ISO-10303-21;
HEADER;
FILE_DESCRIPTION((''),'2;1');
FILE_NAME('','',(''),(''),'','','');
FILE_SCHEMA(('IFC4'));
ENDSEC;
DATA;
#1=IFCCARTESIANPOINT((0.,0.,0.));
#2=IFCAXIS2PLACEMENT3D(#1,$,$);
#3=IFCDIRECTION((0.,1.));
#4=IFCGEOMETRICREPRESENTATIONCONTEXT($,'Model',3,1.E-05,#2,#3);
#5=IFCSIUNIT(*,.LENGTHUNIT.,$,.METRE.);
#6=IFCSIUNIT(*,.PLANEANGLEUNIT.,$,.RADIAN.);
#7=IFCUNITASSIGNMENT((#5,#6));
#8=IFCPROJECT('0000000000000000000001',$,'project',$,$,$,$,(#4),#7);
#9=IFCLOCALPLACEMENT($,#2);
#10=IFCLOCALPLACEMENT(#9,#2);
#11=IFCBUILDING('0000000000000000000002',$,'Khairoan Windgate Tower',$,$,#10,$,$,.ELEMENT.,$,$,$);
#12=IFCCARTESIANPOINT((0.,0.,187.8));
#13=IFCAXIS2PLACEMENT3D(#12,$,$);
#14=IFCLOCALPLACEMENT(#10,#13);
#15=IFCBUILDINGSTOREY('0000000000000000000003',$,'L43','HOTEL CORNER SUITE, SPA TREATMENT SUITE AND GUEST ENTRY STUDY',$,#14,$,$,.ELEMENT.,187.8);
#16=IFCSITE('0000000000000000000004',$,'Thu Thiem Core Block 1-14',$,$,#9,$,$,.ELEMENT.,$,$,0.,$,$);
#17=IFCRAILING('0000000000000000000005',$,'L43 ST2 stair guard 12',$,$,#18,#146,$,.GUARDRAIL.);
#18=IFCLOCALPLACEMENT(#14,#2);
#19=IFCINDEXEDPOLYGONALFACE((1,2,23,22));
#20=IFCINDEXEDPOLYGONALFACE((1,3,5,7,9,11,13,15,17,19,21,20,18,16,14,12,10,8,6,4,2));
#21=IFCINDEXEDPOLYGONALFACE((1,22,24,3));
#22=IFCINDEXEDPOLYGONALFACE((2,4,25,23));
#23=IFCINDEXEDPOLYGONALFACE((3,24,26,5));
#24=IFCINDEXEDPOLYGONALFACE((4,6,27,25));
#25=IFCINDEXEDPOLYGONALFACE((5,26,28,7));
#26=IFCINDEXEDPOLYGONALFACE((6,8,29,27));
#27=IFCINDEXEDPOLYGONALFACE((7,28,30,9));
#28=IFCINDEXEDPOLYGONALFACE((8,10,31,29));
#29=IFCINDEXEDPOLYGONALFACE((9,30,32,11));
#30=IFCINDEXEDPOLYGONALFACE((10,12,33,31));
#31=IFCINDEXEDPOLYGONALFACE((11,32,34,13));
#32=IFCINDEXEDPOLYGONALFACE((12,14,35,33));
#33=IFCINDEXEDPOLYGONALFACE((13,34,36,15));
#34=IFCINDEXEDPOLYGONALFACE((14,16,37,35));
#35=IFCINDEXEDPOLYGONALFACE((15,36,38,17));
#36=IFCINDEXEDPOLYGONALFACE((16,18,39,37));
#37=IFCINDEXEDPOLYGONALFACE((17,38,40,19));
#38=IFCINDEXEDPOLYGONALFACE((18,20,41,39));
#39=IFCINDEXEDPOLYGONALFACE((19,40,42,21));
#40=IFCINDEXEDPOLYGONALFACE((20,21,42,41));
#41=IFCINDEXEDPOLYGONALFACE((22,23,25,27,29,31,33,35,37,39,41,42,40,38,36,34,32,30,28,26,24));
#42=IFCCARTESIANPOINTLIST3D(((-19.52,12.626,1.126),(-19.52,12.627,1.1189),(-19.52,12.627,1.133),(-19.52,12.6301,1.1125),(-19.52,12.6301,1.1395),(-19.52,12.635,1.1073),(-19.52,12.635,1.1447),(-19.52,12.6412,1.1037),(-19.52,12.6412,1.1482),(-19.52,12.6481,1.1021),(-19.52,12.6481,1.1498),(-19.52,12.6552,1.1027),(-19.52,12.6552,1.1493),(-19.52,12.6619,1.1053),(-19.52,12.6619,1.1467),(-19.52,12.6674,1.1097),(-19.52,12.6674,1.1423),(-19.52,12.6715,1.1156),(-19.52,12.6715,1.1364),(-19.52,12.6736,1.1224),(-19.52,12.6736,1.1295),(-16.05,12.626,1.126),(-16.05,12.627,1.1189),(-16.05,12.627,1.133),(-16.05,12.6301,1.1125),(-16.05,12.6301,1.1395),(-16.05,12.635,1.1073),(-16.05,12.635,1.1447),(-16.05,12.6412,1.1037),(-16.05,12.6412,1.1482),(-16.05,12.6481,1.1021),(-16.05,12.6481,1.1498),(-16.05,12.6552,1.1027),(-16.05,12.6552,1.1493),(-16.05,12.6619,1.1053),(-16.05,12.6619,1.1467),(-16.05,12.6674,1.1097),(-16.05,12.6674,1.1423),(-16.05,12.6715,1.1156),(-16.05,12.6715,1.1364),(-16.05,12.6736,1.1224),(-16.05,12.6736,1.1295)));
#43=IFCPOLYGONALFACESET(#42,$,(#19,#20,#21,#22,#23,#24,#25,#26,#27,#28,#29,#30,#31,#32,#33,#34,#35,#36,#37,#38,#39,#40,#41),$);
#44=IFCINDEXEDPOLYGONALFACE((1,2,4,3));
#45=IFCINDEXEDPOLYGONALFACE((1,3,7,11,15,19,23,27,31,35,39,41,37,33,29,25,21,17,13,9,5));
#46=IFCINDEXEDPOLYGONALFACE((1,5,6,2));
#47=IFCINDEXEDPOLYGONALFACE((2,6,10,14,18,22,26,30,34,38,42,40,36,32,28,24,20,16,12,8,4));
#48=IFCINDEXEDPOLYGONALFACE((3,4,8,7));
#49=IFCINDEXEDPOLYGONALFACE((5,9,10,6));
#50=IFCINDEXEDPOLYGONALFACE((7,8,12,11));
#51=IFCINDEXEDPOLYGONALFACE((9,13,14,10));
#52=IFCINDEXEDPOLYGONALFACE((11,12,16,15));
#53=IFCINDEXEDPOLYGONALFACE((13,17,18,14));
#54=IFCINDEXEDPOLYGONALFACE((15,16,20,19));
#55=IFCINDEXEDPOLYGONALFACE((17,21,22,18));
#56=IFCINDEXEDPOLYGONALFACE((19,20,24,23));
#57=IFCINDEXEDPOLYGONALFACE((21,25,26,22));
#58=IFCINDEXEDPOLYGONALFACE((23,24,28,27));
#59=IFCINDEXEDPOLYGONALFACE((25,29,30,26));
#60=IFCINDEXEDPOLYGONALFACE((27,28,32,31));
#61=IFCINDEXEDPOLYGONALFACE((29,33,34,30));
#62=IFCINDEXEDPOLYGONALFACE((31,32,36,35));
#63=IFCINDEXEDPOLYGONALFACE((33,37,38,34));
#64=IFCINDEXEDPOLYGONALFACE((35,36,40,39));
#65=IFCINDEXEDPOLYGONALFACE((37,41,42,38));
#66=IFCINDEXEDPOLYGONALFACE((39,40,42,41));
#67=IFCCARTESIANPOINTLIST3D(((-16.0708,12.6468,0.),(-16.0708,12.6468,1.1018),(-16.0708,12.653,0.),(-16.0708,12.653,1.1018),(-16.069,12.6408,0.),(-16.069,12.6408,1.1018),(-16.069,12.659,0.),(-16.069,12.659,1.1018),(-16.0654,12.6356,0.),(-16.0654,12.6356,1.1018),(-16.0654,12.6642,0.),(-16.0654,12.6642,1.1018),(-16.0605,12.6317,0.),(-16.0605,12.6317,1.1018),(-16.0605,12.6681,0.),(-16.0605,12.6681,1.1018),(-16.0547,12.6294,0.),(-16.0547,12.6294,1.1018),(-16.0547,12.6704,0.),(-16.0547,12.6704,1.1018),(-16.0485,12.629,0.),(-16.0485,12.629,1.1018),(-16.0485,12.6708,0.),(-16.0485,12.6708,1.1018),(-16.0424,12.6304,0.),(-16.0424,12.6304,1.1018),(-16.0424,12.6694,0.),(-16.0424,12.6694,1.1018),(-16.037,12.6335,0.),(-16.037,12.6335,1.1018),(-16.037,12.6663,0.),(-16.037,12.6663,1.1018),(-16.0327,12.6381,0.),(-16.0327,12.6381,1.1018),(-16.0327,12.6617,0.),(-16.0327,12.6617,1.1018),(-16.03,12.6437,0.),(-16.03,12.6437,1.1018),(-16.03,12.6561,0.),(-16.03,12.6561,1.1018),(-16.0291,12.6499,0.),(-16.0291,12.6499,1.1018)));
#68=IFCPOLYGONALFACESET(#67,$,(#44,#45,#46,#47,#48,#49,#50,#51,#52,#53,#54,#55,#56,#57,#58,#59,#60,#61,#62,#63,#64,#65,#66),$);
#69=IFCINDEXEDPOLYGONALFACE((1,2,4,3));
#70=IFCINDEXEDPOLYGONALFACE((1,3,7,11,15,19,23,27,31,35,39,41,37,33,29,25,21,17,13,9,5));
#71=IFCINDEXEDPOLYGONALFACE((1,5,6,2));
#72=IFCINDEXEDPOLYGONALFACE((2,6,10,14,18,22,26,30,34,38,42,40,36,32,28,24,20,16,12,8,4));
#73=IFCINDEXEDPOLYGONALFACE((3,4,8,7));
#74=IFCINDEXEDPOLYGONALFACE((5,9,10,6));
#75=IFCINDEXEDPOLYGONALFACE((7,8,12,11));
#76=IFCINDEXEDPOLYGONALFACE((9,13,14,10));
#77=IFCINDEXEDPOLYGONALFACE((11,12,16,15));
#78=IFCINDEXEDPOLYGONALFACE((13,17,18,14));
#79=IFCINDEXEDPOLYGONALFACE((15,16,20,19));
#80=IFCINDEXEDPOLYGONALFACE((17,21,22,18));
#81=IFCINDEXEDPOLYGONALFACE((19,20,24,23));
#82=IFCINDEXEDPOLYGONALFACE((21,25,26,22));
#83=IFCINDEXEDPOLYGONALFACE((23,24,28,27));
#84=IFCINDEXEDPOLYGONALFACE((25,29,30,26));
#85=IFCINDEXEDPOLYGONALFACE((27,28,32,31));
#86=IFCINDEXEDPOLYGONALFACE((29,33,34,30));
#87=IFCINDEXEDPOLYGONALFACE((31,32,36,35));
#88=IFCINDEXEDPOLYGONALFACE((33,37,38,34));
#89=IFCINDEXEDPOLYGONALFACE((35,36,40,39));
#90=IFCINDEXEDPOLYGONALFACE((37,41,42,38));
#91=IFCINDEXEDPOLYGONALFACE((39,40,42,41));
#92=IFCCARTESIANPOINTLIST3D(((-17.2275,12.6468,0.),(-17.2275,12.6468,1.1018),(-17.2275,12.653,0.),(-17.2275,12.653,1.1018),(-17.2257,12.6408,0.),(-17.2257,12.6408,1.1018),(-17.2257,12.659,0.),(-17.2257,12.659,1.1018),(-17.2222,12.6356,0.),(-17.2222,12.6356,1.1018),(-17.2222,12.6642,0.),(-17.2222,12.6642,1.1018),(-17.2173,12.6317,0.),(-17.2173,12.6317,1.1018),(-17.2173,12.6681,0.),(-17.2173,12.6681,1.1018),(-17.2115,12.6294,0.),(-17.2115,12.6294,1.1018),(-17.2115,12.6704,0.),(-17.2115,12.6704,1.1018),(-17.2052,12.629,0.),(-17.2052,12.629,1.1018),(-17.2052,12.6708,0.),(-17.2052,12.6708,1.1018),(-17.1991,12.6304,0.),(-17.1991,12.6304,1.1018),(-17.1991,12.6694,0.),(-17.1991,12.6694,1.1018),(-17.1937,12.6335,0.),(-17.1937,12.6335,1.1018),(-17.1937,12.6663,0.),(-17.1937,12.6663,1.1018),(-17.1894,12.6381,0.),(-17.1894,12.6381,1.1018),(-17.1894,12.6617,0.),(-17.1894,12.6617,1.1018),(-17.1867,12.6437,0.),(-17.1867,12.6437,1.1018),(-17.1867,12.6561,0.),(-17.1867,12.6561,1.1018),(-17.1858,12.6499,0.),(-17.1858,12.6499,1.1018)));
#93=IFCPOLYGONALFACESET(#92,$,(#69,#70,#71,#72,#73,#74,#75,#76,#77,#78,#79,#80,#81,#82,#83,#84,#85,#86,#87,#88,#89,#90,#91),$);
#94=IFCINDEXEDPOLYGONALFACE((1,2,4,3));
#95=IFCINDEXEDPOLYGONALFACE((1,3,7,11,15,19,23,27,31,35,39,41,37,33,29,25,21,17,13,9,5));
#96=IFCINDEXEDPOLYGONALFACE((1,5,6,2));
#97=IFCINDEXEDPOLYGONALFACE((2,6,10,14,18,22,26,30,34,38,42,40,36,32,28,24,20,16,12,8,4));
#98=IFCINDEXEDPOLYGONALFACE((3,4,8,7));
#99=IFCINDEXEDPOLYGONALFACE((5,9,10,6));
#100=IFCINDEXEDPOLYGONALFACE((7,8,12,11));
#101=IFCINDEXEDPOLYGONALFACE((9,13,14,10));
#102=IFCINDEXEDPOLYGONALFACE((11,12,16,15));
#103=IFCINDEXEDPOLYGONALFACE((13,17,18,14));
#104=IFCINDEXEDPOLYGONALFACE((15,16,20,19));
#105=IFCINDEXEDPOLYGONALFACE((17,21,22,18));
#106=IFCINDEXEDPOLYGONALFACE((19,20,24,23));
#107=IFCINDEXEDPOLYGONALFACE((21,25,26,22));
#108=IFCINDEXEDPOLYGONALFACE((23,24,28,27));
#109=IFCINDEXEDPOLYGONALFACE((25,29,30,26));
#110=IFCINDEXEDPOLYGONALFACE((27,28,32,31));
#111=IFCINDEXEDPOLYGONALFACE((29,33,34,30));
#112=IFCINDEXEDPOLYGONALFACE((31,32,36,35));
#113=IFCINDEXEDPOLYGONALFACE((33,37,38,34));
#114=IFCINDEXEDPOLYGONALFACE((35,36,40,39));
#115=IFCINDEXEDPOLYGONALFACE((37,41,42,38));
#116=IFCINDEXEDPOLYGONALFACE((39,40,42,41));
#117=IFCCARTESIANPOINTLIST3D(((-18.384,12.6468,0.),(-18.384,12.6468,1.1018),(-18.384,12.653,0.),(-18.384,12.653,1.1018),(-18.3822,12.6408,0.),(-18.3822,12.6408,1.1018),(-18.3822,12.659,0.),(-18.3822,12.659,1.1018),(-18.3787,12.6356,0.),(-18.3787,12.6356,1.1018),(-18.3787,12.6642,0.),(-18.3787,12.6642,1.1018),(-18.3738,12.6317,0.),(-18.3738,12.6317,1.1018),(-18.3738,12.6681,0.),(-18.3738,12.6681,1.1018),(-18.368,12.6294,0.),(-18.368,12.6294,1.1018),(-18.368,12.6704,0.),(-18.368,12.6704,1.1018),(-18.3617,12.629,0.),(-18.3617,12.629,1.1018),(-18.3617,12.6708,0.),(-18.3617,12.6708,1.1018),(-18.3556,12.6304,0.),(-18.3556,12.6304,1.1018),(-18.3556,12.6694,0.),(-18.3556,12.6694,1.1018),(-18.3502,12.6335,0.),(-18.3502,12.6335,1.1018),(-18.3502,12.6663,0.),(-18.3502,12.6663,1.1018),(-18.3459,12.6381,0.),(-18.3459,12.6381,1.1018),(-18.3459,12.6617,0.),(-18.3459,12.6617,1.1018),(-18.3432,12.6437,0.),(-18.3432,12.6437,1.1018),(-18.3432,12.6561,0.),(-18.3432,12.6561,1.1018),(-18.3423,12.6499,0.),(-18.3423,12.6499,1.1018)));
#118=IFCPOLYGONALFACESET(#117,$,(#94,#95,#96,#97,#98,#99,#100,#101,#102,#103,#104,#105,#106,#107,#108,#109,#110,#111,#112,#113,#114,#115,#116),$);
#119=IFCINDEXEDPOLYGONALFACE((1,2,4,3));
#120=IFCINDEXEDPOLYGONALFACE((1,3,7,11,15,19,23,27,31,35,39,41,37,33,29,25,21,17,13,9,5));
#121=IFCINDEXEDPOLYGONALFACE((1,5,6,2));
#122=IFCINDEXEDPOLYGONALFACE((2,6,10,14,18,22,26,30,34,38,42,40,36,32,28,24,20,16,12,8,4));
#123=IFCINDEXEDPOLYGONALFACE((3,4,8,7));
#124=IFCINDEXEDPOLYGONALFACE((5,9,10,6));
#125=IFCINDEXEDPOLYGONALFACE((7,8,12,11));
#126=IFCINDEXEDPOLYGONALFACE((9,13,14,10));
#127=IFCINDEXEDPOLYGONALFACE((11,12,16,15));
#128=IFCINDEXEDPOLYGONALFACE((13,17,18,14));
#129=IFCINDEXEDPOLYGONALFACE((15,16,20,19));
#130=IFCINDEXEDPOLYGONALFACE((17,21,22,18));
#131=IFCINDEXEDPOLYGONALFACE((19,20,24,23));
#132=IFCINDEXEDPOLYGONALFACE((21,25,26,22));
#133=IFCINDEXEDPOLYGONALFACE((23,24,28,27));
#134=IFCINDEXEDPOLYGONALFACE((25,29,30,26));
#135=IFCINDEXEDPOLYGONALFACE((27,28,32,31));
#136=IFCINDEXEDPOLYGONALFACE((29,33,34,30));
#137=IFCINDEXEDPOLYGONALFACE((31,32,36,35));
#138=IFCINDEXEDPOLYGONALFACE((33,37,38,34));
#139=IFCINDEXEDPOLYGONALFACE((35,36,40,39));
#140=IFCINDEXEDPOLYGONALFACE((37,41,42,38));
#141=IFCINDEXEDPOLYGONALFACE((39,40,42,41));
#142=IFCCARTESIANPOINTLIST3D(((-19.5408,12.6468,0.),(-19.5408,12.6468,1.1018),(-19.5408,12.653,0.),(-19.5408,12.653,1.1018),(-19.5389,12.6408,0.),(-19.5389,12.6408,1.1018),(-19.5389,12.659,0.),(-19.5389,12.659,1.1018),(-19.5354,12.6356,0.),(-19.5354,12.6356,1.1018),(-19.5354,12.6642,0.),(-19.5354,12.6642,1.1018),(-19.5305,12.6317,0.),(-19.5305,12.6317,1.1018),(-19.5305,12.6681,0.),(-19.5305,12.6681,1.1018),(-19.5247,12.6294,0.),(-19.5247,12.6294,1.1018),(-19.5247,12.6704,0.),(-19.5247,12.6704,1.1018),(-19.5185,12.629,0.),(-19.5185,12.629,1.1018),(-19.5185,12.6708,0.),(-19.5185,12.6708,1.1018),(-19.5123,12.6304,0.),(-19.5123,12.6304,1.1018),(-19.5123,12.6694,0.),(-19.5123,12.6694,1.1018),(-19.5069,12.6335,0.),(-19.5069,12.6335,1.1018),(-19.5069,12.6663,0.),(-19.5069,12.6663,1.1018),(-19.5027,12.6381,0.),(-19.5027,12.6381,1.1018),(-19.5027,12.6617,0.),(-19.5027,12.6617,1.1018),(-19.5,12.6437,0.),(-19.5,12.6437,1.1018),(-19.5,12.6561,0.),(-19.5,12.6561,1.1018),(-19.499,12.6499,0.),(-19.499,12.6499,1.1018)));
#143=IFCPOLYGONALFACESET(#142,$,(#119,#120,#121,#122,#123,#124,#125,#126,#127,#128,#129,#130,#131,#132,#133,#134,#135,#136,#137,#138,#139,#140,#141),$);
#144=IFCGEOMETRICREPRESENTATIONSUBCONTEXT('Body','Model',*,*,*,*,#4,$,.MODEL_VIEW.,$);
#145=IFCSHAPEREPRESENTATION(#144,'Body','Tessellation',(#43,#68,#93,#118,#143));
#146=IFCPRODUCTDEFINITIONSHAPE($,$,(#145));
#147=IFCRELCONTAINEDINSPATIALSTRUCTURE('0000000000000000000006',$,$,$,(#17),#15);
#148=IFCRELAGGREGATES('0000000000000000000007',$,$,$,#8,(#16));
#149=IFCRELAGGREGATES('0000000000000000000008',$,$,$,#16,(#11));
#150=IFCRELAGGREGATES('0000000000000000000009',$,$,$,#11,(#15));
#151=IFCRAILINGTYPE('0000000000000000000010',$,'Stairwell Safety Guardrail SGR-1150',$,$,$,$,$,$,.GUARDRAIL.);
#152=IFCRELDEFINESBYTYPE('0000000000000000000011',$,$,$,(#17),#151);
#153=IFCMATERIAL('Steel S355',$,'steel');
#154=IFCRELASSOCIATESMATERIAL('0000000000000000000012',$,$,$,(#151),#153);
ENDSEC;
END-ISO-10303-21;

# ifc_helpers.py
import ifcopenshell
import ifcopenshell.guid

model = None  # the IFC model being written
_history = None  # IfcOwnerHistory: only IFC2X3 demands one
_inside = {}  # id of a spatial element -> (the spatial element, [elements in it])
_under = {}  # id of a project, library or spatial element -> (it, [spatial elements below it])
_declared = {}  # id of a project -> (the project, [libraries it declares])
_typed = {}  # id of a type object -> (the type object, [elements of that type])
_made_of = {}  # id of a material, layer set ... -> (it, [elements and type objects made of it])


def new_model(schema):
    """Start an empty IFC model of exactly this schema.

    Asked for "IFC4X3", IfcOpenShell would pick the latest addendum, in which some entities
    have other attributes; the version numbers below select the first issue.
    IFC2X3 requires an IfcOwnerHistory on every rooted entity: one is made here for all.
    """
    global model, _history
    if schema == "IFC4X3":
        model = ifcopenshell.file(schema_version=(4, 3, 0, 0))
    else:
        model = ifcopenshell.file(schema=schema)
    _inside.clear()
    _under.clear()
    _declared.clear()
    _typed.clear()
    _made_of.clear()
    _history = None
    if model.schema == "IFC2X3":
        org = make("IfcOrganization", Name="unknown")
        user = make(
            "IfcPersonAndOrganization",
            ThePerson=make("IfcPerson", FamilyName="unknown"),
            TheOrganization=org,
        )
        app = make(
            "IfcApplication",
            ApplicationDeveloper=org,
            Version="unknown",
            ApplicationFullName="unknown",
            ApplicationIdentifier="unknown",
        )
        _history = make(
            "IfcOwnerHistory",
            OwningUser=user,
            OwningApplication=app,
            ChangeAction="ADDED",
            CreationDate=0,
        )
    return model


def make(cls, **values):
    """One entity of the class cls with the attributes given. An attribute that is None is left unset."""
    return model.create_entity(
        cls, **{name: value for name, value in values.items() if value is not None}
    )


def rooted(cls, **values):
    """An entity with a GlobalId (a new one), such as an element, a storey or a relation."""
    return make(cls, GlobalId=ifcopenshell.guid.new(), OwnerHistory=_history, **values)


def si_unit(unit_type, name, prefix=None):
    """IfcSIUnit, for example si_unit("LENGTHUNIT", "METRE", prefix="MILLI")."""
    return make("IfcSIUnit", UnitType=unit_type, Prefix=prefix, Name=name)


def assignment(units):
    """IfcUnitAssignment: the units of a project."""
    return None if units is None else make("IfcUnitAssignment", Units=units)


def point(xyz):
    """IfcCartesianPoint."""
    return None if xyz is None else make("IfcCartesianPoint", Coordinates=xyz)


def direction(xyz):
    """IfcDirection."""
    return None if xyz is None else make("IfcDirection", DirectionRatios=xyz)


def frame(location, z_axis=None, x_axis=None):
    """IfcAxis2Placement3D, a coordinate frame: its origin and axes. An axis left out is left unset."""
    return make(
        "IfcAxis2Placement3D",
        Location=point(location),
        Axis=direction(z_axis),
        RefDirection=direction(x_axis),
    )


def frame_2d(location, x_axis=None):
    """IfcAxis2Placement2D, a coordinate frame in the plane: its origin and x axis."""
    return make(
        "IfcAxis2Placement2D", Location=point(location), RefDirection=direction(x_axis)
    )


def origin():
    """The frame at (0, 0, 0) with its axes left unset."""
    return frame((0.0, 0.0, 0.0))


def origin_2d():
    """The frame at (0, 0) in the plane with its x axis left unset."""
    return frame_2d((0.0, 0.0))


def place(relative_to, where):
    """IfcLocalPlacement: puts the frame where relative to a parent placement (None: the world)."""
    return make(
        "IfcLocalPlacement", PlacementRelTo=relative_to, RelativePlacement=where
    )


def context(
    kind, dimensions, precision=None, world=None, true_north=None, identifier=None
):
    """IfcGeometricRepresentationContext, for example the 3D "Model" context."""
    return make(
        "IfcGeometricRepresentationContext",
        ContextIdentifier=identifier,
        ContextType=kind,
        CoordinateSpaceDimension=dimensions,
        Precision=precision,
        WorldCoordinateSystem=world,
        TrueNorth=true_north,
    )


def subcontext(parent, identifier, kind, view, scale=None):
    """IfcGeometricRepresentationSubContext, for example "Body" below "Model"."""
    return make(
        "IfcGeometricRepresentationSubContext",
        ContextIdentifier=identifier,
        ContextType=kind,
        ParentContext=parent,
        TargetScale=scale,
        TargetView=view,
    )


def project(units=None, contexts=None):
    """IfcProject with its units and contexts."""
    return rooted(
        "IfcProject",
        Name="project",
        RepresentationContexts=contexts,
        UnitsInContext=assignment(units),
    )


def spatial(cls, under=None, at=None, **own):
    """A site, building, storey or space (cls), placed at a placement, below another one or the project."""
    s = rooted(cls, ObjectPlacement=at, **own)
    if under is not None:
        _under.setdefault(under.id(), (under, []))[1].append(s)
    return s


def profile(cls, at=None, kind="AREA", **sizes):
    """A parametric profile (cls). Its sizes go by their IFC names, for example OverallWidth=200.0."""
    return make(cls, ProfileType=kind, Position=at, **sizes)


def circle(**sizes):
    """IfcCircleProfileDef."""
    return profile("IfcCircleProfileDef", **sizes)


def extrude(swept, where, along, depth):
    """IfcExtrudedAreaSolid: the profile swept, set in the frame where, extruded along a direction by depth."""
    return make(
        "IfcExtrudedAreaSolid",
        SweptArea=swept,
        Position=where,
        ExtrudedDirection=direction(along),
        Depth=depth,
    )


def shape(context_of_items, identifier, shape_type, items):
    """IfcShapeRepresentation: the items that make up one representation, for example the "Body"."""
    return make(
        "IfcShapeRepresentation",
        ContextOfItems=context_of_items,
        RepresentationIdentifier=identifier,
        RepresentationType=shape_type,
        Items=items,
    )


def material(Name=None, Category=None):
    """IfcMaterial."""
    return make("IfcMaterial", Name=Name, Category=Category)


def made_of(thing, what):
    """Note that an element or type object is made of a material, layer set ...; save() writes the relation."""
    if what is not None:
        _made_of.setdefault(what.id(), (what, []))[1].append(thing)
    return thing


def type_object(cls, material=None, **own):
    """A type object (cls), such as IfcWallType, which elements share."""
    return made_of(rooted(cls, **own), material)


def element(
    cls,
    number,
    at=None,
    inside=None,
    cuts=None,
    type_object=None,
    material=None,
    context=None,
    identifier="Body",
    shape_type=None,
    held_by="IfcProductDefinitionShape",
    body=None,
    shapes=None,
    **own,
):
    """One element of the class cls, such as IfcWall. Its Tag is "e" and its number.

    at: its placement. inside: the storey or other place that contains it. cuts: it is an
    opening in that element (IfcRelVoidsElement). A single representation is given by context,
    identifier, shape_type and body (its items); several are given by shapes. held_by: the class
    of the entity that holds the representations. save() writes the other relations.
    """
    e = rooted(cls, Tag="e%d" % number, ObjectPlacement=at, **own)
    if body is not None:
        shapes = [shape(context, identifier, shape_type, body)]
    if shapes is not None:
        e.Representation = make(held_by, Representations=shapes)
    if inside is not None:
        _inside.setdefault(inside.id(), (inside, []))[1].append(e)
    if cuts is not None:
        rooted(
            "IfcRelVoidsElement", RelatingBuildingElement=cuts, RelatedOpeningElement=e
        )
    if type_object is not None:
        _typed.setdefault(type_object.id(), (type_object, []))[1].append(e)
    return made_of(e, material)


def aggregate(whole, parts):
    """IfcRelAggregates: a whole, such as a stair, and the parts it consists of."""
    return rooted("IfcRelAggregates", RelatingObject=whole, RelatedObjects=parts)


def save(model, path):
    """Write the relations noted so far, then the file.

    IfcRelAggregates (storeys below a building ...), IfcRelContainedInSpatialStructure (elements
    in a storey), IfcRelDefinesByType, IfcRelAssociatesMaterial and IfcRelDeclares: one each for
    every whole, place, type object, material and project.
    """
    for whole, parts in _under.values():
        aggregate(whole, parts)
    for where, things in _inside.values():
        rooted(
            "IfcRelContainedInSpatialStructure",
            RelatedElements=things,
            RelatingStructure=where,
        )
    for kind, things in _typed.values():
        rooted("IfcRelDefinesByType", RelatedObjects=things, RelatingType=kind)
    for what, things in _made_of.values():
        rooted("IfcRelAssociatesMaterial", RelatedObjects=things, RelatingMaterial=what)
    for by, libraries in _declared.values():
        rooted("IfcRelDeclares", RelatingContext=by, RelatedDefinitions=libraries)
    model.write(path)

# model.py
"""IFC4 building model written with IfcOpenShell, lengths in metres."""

from ifc_helpers import new_model, si_unit, direction, frame, origin, origin_2d, place, context, subcontext, project, spatial, circle, extrude, material, type_object, element, save


model = new_model("IFC4")

# Units and contexts
model_context = context("Model", 3, precision=1e-05, world=origin(), true_north=direction((0.0, 1.0)))
body_context = subcontext(model_context, "Body", "Model", "MODEL_VIEW")
ifc_project = project(units=[si_unit("LENGTHUNIT", "METRE"), si_unit("PLANEANGLEUNIT", "RADIAN")], contexts=[model_context])

# Site, building, storey
site_placement = place(None, origin())
site = spatial("IfcSite", under=ifc_project, at=site_placement, Name="Thu Thiem Core Block 1-14", CompositionType="ELEMENT", RefElevation=0.0)
building_placement = place(site_placement, origin())
building = spatial("IfcBuilding", under=site, at=building_placement, Name="Khairoan Windgate Tower", CompositionType="ELEMENT")
storey_placement = place(building_placement, frame((0.0, 0.0, 187.8)))
storey = spatial("IfcBuildingStorey", under=building, at=storey_placement, Name="L43", Description="HOTEL CORNER SUITE, SPA TREATMENT SUITE AND GUEST ENTRY STUDY", CompositionType="ELEMENT", Elevation=187.8)

# Railing
ifc_material_1 = material(Name="Steel S355", Category="steel")
railing_type = type_object("IfcRailingType", Name="Stairwell Safety Guardrail SGR-1150", PredefinedType="GUARDRAIL", material=ifc_material_1)
railing_1_placement = place(storey_placement, frame((-16.05, 12.6499, 0.0)))
element("IfcRailing", 1, at=railing_1_placement, inside=storey, type_object=railing_type, Name="L43 ST2 stair guard 12", PredefinedType="GUARDRAIL", context=body_context, shape_type="SweptSolid", body=[
    extrude(circle(Radius=0.0239, at=origin_2d()), frame((0.0, 0.0, 1.126), z_axis=(-1.0, 0.0, 0.0), x_axis=(0.0, -1.0, 0.0)), (0.0, 0.0, 1.0), 3.47),
    extrude(circle(Radius=0.021, at=origin_2d()), origin(), (0.0, 0.0, 1.0), 1.1018),
    extrude(circle(Radius=0.021, at=origin_2d()), frame((-1.1567, 0.0, 0.0)), (0.0, 0.0, 1.0), 1.1018),
    extrude(circle(Radius=0.021, at=origin_2d()), frame((-2.3132, 0.0, 0.0)), (0.0, 0.0, 1.0), 1.1018),
    extrude(circle(Radius=0.021, at=origin_2d()), frame((-3.47, 0.0, 0.0)), (0.0, 0.0, 1.0), 1.1018),
])

save(model, "model.ifc")
